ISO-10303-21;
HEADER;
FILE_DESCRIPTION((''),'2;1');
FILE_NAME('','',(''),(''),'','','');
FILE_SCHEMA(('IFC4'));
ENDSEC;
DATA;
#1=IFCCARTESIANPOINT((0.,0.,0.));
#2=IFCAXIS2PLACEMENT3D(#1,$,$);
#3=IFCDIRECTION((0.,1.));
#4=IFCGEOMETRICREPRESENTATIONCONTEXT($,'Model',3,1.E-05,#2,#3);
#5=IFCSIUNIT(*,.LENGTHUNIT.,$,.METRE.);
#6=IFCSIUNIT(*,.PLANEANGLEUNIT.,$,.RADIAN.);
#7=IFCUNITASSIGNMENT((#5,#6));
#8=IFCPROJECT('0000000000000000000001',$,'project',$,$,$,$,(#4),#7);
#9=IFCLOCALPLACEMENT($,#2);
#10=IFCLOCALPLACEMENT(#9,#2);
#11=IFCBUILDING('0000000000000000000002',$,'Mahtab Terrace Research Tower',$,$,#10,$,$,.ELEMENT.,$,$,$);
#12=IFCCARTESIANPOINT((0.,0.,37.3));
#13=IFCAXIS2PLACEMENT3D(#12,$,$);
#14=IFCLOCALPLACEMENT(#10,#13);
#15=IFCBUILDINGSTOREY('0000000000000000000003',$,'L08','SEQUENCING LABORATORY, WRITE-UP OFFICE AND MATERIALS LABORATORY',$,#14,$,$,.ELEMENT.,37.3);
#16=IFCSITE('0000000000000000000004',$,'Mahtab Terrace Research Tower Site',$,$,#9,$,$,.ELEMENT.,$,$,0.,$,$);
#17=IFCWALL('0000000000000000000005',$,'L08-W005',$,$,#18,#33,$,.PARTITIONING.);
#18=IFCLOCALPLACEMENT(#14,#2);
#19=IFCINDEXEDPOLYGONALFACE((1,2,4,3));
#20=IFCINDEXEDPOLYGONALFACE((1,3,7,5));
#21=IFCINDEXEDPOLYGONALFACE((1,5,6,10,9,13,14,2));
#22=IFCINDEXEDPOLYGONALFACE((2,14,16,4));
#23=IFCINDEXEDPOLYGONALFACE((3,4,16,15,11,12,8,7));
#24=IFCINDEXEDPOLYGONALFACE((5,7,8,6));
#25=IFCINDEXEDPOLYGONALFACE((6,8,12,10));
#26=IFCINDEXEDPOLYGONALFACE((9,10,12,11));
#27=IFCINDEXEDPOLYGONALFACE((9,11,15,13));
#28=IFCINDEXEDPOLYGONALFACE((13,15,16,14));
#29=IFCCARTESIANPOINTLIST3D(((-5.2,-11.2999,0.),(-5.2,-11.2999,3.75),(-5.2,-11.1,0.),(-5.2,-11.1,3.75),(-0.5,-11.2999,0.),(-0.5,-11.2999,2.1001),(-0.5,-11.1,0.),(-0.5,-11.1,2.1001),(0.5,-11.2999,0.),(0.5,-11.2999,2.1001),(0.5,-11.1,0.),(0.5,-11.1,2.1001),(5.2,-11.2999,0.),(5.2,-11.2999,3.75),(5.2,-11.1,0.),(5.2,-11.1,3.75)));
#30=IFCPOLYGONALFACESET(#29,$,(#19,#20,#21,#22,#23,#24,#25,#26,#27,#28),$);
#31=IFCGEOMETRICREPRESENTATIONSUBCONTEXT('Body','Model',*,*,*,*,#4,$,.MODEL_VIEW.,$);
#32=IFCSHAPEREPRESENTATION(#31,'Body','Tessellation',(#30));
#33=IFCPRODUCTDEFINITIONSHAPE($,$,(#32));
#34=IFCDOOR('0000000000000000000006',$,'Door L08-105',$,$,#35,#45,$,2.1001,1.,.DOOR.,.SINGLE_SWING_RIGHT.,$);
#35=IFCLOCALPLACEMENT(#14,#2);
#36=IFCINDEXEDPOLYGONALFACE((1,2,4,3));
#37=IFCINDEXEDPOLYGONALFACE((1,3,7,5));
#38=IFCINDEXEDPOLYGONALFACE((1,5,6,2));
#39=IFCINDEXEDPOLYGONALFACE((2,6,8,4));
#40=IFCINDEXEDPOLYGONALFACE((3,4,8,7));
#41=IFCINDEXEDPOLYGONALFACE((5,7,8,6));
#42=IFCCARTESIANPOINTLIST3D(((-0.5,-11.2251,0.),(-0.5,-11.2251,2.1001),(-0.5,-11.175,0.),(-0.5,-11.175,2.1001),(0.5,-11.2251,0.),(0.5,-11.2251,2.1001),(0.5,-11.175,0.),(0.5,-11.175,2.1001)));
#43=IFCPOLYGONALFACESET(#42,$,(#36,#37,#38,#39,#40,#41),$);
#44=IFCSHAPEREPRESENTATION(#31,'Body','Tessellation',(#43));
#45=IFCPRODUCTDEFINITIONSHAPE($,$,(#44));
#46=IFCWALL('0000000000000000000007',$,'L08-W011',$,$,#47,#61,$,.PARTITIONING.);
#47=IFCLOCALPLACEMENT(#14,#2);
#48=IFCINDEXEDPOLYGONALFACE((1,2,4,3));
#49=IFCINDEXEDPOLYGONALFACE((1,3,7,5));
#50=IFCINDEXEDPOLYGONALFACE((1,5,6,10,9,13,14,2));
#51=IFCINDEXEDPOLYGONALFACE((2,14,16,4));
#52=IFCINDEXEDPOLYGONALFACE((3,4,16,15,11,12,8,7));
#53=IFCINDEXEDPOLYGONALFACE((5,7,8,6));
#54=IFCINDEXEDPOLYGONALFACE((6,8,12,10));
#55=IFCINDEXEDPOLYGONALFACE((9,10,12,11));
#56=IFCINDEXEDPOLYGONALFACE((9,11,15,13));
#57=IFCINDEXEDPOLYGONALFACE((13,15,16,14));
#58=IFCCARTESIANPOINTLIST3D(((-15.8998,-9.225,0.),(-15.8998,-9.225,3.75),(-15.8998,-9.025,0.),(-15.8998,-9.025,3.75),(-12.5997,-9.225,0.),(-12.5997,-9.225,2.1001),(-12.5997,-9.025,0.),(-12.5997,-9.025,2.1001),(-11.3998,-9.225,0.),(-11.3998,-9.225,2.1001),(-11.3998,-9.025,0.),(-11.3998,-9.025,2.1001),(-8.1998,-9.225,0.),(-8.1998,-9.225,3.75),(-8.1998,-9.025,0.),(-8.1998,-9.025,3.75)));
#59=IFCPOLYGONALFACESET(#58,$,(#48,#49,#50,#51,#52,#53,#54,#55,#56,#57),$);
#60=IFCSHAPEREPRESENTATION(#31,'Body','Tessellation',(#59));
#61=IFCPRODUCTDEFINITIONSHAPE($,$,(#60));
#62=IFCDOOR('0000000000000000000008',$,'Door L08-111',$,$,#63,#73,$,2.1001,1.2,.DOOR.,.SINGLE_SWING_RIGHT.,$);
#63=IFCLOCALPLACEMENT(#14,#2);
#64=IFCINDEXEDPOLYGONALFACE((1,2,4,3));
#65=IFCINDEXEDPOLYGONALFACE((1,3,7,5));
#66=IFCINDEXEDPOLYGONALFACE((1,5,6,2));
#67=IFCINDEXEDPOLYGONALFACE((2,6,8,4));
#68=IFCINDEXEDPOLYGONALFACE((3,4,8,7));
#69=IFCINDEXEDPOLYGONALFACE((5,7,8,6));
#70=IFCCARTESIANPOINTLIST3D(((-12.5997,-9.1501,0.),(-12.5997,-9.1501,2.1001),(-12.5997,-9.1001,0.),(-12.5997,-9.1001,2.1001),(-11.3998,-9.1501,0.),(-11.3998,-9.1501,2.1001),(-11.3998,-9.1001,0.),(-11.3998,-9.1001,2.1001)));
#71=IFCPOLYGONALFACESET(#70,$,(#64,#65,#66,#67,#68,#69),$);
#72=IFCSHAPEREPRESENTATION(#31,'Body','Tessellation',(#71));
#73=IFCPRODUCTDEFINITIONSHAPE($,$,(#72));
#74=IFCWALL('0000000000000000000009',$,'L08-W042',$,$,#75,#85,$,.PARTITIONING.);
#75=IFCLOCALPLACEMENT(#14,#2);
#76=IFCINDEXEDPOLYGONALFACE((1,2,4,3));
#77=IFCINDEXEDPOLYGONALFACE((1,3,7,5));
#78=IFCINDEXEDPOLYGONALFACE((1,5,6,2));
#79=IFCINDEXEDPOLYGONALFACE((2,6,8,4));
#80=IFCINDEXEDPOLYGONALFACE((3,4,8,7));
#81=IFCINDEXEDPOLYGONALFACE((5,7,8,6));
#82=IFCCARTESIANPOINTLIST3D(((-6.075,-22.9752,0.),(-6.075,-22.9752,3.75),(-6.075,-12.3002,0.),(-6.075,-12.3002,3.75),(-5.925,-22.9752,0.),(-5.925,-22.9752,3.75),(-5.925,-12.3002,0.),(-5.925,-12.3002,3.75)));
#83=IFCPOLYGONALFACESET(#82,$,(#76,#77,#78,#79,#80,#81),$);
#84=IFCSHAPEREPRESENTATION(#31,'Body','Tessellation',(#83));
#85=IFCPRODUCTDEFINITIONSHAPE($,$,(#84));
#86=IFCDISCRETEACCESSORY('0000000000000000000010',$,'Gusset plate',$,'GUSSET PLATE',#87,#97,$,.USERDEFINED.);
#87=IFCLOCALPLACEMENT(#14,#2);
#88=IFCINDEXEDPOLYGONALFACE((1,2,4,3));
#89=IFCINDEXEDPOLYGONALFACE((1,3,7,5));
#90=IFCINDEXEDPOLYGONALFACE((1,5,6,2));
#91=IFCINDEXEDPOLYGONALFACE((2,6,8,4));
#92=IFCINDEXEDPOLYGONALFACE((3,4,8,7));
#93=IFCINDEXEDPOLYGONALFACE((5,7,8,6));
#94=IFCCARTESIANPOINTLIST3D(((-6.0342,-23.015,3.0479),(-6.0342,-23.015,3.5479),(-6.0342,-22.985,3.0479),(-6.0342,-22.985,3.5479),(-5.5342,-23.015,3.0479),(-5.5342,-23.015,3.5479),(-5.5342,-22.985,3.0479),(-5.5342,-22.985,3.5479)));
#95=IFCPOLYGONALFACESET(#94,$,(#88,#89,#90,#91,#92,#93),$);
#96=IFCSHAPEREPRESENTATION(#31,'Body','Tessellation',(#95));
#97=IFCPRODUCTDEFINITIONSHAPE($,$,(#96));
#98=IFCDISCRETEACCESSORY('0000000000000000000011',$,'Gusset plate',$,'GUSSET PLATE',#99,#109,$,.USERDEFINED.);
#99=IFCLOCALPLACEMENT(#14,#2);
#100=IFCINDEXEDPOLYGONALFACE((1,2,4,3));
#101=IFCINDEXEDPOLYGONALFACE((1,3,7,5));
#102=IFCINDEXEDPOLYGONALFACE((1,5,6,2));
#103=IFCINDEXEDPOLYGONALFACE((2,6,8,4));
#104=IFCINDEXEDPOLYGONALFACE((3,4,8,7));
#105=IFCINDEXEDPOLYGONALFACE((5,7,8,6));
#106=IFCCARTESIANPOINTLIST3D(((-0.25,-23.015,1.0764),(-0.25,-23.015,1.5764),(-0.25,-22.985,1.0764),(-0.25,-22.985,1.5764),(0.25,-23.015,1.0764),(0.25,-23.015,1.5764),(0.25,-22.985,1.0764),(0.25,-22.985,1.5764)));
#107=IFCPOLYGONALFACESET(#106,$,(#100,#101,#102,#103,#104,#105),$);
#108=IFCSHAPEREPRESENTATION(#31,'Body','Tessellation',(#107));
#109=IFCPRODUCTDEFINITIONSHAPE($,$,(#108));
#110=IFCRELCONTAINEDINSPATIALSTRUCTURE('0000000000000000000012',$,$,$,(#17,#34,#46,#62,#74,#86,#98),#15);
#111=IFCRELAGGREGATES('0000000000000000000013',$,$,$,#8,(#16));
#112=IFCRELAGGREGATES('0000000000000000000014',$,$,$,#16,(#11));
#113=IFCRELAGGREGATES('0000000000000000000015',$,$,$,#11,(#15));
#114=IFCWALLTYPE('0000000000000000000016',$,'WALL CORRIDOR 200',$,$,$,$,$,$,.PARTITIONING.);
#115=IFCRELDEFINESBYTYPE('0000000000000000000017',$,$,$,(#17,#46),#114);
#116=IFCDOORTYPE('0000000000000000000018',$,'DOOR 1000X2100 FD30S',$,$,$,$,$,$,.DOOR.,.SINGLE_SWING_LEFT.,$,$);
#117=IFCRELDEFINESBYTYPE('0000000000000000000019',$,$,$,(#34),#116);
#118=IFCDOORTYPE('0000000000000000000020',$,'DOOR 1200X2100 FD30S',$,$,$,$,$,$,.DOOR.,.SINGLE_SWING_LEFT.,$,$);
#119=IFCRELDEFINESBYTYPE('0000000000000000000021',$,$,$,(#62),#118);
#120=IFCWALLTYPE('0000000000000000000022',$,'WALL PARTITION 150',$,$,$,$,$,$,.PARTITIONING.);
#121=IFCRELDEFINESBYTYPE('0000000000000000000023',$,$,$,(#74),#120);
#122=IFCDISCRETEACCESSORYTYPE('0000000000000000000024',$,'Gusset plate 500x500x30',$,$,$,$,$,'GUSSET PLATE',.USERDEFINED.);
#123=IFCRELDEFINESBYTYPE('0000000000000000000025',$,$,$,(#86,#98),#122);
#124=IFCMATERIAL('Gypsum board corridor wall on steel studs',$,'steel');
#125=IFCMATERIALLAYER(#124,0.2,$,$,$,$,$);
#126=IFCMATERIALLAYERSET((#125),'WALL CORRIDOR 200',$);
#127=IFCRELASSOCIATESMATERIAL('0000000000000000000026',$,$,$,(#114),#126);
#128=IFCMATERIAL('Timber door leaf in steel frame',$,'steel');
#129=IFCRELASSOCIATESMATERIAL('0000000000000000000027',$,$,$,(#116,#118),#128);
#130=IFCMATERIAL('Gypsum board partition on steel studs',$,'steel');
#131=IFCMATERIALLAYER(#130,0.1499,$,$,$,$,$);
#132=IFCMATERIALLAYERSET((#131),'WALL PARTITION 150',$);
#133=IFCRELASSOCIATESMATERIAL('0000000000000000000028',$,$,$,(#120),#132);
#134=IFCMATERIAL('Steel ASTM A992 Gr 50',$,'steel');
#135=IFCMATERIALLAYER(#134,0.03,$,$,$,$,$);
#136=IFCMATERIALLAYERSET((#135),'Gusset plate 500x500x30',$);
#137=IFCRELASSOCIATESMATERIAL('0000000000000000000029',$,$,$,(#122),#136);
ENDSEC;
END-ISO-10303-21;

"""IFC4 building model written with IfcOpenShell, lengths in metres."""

from ifc_helpers import new_model, si_unit, direction, frame, frame_2d, origin, origin_2d, place, context, subcontext, project, spatial, rectangle, extrude, material, layer, layer_set, type_object, element, fill, save


model = new_model("IFC4")

# Units and contexts
model_context = context("Model", 3, precision=1e-05, world=origin(), true_north=direction((0.0, 1.0)))
body_context = subcontext(model_context, "Body", "Model", "MODEL_VIEW")
ifc_project = project(units=[si_unit("LENGTHUNIT", "METRE"), si_unit("PLANEANGLEUNIT", "RADIAN")], contexts=[model_context])

# Site, building, storey
site_placement = place(None, origin())
site = spatial("IfcSite", under=ifc_project, at=site_placement, Name="Mahtab Terrace Research Tower Site", CompositionType="ELEMENT", RefElevation=0.0)
building_placement = place(site_placement, origin())
building = spatial("IfcBuilding", under=site, at=building_placement, Name="Mahtab Terrace Research Tower", CompositionType="ELEMENT")
storey_placement = place(building_placement, frame((0.0, 0.0, 37.3)))
storey = spatial("IfcBuildingStorey", under=building, at=storey_placement, Name="L08", Description="SEQUENCING LABORATORY, WRITE-UP OFFICE AND MATERIALS LABORATORY", CompositionType="ELEMENT", Elevation=37.3)

# Shared definitions
ifc_material_1 = material(Name="Steel ASTM A992 Gr 50", Category="steel")

# Walls, openings, doors
ifc_material_2 = material(Name="Gypsum board corridor wall on steel studs", Category="steel")
ifc_layer_1 = layer(ifc_material_2, 0.2)
ifc_layer_set_1 = layer_set([ifc_layer_1], Name="WALL CORRIDOR 200")
wall_type_1 = type_object("IfcWallType", Name="WALL CORRIDOR 200", PredefinedType="PARTITIONING", material=ifc_layer_set_1)
wall_1_placement = place(storey_placement, frame((-5.2, -11.2, 0.0), z_axis=(0.0, 0.0, 1.0), x_axis=(1.0, 0.0, 0.0)))
wall_1 = element("IfcWall", 1, at=wall_1_placement, inside=storey, type_object=wall_type_1, Name="L08-W005", PredefinedType="PARTITIONING", context=body_context, shape_type="SweptSolid", body=[
    extrude(rectangle(XDim=10.3999, YDim=0.2, at=frame_2d((5.2, 0.0))), origin(), (0.0, 0.0, 1.0), 3.75),
])
opening_1_placement = place(wall_1_placement, frame((4.7, 0.0, 0.0)))
opening_1 = element("IfcOpeningElement", 2, at=opening_1_placement, cuts=wall_1, PredefinedType="OPENING", context=body_context, shape_type="SweptSolid", body=[
    extrude(rectangle(XDim=1.0, YDim=2.1001, at=frame_2d((0.5, 1.05))), frame((0.0, 0.1099, 0.0), z_axis=(0.0, -1.0, 0.0), x_axis=(1.0, 0.0, 0.0)), (0.0, 0.0, 1.0), 0.22),
])
ifc_material_3 = material(Name="Timber door leaf in steel frame", Category="steel")
door_type_1 = type_object("IfcDoorType", Name="DOOR 1000X2100 FD30S", OperationType="SINGLE_SWING_LEFT", PredefinedType="DOOR", material=ifc_material_3)
door_1_placement = place(opening_1_placement, origin())
door_1 = element("IfcDoor", 3, at=door_1_placement, inside=storey, type_object=door_type_1, Name="Door L08-105", OperationType="SINGLE_SWING_RIGHT", OverallHeight=2.1001, OverallWidth=1.0, PredefinedType="DOOR", context=body_context, shape_type="SweptSolid", body=[
    extrude(rectangle(XDim=1.0, YDim=2.1001, at=frame_2d((0.5, 1.05))), frame((0.0, 0.0249, 0.0), z_axis=(0.0, -1.0, 0.0), x_axis=(1.0, 0.0, 0.0)), (0.0, 0.0, 1.0), 0.05),
])
fill(opening_1, door_1)
wall_2_placement = place(storey_placement, frame((-15.8999, -9.125, 0.0), z_axis=(0.0, 0.0, 1.0), x_axis=(1.0, 0.0, 0.0)))
wall_2 = element("IfcWall", 4, at=wall_2_placement, inside=storey, type_object=wall_type_1, Name="L08-W011", PredefinedType="PARTITIONING", context=body_context, shape_type="SweptSolid", body=[
    extrude(rectangle(XDim=7.7, YDim=0.2, at=frame_2d((3.8501, 0.0))), origin(), (0.0, 0.0, 1.0), 3.75),
])
opening_2_placement = place(wall_2_placement, frame((3.3, 0.0, 0.0)))
opening_2 = element("IfcOpeningElement", 5, at=opening_2_placement, cuts=wall_2, PredefinedType="OPENING", context=body_context, shape_type="SweptSolid", body=[
    extrude(rectangle(XDim=1.2, YDim=2.1001, at=frame_2d((0.6001, 1.05))), frame((0.0, 0.1099, 0.0), z_axis=(0.0, -1.0, 0.0), x_axis=(1.0, 0.0, 0.0)), (0.0, 0.0, 1.0), 0.22),
])
door_type_2 = type_object("IfcDoorType", Name="DOOR 1200X2100 FD30S", OperationType="SINGLE_SWING_LEFT", PredefinedType="DOOR", material=ifc_material_3)
door_2_placement = place(opening_2_placement, origin())
door_2 = element("IfcDoor", 6, at=door_2_placement, inside=storey, type_object=door_type_2, Name="Door L08-111", OperationType="SINGLE_SWING_RIGHT", OverallHeight=2.1001, OverallWidth=1.2, PredefinedType="DOOR", context=body_context, shape_type="SweptSolid", body=[
    extrude(rectangle(XDim=1.2, YDim=2.1001, at=frame_2d((0.6001, 1.05))), frame((0.0, 0.0249, 0.0), z_axis=(0.0, -1.0, 0.0), x_axis=(1.0, 0.0, 0.0)), (0.0, 0.0, 1.0), 0.05),
])
fill(opening_2, door_2)

# Wall
ifc_material_4 = material(Name="Gypsum board partition on steel studs", Category="steel")
ifc_layer_2 = layer(ifc_material_4, 0.1499)
ifc_layer_set_2 = layer_set([ifc_layer_2], Name="WALL PARTITION 150")
wall_type_2 = type_object("IfcWallType", Name="WALL PARTITION 150", PredefinedType="PARTITIONING", material=ifc_layer_set_2)
wall_3_placement = place(storey_placement, frame((-6.0, -22.9751, 0.0), z_axis=(0.0, 0.0, 1.0), x_axis=(0.0, 1.0, 0.0)))
element("IfcWall", 7, at=wall_3_placement, inside=storey, type_object=wall_type_2, Name="L08-W042", PredefinedType="PARTITIONING", context=body_context, shape_type="SweptSolid", body=[
    extrude(rectangle(XDim=10.675, YDim=0.1499, at=frame_2d((5.3374, 0.0))), origin(), (0.0, 0.0, 1.0), 3.75),
])

# Discrete accessories
ifc_layer_3 = layer(ifc_material_1, 0.03)
ifc_layer_set_3 = layer_set([ifc_layer_3], Name="Gusset plate 500x500x30")
discrete_accessory_type = type_object("IfcDiscreteAccessoryType", Name="Gusset plate 500x500x30", ElementType="GUSSET PLATE", PredefinedType="USERDEFINED", material=ifc_layer_set_3)
for number, where, z_axis, x_axis, name in (
    (8, (-5.7842, -23.0, 3.0479), (0.0, 0.0, 1.0), (1.0, 0.0, 0.0), "Gusset plate"),
    (9, (0.0, -23.0, 1.0764), (0.0, 0.0, 1.0), (1.0, 0.0, 0.0), "Gusset plate"),
):
    element("IfcDiscreteAccessory", number, at=place(storey_placement, frame(where, z_axis=z_axis, x_axis=x_axis)), inside=storey, type_object=discrete_accessory_type, Name=name, ObjectType="GUSSET PLATE", PredefinedType="USERDEFINED", context=body_context, shape_type="SweptSolid", body=[
        extrude(rectangle(XDim=0.5, YDim=0.03, at=origin_2d()), origin(), (0.0, 0.0, 1.0), 0.5),
    ])

save(model, "model.ifc")
